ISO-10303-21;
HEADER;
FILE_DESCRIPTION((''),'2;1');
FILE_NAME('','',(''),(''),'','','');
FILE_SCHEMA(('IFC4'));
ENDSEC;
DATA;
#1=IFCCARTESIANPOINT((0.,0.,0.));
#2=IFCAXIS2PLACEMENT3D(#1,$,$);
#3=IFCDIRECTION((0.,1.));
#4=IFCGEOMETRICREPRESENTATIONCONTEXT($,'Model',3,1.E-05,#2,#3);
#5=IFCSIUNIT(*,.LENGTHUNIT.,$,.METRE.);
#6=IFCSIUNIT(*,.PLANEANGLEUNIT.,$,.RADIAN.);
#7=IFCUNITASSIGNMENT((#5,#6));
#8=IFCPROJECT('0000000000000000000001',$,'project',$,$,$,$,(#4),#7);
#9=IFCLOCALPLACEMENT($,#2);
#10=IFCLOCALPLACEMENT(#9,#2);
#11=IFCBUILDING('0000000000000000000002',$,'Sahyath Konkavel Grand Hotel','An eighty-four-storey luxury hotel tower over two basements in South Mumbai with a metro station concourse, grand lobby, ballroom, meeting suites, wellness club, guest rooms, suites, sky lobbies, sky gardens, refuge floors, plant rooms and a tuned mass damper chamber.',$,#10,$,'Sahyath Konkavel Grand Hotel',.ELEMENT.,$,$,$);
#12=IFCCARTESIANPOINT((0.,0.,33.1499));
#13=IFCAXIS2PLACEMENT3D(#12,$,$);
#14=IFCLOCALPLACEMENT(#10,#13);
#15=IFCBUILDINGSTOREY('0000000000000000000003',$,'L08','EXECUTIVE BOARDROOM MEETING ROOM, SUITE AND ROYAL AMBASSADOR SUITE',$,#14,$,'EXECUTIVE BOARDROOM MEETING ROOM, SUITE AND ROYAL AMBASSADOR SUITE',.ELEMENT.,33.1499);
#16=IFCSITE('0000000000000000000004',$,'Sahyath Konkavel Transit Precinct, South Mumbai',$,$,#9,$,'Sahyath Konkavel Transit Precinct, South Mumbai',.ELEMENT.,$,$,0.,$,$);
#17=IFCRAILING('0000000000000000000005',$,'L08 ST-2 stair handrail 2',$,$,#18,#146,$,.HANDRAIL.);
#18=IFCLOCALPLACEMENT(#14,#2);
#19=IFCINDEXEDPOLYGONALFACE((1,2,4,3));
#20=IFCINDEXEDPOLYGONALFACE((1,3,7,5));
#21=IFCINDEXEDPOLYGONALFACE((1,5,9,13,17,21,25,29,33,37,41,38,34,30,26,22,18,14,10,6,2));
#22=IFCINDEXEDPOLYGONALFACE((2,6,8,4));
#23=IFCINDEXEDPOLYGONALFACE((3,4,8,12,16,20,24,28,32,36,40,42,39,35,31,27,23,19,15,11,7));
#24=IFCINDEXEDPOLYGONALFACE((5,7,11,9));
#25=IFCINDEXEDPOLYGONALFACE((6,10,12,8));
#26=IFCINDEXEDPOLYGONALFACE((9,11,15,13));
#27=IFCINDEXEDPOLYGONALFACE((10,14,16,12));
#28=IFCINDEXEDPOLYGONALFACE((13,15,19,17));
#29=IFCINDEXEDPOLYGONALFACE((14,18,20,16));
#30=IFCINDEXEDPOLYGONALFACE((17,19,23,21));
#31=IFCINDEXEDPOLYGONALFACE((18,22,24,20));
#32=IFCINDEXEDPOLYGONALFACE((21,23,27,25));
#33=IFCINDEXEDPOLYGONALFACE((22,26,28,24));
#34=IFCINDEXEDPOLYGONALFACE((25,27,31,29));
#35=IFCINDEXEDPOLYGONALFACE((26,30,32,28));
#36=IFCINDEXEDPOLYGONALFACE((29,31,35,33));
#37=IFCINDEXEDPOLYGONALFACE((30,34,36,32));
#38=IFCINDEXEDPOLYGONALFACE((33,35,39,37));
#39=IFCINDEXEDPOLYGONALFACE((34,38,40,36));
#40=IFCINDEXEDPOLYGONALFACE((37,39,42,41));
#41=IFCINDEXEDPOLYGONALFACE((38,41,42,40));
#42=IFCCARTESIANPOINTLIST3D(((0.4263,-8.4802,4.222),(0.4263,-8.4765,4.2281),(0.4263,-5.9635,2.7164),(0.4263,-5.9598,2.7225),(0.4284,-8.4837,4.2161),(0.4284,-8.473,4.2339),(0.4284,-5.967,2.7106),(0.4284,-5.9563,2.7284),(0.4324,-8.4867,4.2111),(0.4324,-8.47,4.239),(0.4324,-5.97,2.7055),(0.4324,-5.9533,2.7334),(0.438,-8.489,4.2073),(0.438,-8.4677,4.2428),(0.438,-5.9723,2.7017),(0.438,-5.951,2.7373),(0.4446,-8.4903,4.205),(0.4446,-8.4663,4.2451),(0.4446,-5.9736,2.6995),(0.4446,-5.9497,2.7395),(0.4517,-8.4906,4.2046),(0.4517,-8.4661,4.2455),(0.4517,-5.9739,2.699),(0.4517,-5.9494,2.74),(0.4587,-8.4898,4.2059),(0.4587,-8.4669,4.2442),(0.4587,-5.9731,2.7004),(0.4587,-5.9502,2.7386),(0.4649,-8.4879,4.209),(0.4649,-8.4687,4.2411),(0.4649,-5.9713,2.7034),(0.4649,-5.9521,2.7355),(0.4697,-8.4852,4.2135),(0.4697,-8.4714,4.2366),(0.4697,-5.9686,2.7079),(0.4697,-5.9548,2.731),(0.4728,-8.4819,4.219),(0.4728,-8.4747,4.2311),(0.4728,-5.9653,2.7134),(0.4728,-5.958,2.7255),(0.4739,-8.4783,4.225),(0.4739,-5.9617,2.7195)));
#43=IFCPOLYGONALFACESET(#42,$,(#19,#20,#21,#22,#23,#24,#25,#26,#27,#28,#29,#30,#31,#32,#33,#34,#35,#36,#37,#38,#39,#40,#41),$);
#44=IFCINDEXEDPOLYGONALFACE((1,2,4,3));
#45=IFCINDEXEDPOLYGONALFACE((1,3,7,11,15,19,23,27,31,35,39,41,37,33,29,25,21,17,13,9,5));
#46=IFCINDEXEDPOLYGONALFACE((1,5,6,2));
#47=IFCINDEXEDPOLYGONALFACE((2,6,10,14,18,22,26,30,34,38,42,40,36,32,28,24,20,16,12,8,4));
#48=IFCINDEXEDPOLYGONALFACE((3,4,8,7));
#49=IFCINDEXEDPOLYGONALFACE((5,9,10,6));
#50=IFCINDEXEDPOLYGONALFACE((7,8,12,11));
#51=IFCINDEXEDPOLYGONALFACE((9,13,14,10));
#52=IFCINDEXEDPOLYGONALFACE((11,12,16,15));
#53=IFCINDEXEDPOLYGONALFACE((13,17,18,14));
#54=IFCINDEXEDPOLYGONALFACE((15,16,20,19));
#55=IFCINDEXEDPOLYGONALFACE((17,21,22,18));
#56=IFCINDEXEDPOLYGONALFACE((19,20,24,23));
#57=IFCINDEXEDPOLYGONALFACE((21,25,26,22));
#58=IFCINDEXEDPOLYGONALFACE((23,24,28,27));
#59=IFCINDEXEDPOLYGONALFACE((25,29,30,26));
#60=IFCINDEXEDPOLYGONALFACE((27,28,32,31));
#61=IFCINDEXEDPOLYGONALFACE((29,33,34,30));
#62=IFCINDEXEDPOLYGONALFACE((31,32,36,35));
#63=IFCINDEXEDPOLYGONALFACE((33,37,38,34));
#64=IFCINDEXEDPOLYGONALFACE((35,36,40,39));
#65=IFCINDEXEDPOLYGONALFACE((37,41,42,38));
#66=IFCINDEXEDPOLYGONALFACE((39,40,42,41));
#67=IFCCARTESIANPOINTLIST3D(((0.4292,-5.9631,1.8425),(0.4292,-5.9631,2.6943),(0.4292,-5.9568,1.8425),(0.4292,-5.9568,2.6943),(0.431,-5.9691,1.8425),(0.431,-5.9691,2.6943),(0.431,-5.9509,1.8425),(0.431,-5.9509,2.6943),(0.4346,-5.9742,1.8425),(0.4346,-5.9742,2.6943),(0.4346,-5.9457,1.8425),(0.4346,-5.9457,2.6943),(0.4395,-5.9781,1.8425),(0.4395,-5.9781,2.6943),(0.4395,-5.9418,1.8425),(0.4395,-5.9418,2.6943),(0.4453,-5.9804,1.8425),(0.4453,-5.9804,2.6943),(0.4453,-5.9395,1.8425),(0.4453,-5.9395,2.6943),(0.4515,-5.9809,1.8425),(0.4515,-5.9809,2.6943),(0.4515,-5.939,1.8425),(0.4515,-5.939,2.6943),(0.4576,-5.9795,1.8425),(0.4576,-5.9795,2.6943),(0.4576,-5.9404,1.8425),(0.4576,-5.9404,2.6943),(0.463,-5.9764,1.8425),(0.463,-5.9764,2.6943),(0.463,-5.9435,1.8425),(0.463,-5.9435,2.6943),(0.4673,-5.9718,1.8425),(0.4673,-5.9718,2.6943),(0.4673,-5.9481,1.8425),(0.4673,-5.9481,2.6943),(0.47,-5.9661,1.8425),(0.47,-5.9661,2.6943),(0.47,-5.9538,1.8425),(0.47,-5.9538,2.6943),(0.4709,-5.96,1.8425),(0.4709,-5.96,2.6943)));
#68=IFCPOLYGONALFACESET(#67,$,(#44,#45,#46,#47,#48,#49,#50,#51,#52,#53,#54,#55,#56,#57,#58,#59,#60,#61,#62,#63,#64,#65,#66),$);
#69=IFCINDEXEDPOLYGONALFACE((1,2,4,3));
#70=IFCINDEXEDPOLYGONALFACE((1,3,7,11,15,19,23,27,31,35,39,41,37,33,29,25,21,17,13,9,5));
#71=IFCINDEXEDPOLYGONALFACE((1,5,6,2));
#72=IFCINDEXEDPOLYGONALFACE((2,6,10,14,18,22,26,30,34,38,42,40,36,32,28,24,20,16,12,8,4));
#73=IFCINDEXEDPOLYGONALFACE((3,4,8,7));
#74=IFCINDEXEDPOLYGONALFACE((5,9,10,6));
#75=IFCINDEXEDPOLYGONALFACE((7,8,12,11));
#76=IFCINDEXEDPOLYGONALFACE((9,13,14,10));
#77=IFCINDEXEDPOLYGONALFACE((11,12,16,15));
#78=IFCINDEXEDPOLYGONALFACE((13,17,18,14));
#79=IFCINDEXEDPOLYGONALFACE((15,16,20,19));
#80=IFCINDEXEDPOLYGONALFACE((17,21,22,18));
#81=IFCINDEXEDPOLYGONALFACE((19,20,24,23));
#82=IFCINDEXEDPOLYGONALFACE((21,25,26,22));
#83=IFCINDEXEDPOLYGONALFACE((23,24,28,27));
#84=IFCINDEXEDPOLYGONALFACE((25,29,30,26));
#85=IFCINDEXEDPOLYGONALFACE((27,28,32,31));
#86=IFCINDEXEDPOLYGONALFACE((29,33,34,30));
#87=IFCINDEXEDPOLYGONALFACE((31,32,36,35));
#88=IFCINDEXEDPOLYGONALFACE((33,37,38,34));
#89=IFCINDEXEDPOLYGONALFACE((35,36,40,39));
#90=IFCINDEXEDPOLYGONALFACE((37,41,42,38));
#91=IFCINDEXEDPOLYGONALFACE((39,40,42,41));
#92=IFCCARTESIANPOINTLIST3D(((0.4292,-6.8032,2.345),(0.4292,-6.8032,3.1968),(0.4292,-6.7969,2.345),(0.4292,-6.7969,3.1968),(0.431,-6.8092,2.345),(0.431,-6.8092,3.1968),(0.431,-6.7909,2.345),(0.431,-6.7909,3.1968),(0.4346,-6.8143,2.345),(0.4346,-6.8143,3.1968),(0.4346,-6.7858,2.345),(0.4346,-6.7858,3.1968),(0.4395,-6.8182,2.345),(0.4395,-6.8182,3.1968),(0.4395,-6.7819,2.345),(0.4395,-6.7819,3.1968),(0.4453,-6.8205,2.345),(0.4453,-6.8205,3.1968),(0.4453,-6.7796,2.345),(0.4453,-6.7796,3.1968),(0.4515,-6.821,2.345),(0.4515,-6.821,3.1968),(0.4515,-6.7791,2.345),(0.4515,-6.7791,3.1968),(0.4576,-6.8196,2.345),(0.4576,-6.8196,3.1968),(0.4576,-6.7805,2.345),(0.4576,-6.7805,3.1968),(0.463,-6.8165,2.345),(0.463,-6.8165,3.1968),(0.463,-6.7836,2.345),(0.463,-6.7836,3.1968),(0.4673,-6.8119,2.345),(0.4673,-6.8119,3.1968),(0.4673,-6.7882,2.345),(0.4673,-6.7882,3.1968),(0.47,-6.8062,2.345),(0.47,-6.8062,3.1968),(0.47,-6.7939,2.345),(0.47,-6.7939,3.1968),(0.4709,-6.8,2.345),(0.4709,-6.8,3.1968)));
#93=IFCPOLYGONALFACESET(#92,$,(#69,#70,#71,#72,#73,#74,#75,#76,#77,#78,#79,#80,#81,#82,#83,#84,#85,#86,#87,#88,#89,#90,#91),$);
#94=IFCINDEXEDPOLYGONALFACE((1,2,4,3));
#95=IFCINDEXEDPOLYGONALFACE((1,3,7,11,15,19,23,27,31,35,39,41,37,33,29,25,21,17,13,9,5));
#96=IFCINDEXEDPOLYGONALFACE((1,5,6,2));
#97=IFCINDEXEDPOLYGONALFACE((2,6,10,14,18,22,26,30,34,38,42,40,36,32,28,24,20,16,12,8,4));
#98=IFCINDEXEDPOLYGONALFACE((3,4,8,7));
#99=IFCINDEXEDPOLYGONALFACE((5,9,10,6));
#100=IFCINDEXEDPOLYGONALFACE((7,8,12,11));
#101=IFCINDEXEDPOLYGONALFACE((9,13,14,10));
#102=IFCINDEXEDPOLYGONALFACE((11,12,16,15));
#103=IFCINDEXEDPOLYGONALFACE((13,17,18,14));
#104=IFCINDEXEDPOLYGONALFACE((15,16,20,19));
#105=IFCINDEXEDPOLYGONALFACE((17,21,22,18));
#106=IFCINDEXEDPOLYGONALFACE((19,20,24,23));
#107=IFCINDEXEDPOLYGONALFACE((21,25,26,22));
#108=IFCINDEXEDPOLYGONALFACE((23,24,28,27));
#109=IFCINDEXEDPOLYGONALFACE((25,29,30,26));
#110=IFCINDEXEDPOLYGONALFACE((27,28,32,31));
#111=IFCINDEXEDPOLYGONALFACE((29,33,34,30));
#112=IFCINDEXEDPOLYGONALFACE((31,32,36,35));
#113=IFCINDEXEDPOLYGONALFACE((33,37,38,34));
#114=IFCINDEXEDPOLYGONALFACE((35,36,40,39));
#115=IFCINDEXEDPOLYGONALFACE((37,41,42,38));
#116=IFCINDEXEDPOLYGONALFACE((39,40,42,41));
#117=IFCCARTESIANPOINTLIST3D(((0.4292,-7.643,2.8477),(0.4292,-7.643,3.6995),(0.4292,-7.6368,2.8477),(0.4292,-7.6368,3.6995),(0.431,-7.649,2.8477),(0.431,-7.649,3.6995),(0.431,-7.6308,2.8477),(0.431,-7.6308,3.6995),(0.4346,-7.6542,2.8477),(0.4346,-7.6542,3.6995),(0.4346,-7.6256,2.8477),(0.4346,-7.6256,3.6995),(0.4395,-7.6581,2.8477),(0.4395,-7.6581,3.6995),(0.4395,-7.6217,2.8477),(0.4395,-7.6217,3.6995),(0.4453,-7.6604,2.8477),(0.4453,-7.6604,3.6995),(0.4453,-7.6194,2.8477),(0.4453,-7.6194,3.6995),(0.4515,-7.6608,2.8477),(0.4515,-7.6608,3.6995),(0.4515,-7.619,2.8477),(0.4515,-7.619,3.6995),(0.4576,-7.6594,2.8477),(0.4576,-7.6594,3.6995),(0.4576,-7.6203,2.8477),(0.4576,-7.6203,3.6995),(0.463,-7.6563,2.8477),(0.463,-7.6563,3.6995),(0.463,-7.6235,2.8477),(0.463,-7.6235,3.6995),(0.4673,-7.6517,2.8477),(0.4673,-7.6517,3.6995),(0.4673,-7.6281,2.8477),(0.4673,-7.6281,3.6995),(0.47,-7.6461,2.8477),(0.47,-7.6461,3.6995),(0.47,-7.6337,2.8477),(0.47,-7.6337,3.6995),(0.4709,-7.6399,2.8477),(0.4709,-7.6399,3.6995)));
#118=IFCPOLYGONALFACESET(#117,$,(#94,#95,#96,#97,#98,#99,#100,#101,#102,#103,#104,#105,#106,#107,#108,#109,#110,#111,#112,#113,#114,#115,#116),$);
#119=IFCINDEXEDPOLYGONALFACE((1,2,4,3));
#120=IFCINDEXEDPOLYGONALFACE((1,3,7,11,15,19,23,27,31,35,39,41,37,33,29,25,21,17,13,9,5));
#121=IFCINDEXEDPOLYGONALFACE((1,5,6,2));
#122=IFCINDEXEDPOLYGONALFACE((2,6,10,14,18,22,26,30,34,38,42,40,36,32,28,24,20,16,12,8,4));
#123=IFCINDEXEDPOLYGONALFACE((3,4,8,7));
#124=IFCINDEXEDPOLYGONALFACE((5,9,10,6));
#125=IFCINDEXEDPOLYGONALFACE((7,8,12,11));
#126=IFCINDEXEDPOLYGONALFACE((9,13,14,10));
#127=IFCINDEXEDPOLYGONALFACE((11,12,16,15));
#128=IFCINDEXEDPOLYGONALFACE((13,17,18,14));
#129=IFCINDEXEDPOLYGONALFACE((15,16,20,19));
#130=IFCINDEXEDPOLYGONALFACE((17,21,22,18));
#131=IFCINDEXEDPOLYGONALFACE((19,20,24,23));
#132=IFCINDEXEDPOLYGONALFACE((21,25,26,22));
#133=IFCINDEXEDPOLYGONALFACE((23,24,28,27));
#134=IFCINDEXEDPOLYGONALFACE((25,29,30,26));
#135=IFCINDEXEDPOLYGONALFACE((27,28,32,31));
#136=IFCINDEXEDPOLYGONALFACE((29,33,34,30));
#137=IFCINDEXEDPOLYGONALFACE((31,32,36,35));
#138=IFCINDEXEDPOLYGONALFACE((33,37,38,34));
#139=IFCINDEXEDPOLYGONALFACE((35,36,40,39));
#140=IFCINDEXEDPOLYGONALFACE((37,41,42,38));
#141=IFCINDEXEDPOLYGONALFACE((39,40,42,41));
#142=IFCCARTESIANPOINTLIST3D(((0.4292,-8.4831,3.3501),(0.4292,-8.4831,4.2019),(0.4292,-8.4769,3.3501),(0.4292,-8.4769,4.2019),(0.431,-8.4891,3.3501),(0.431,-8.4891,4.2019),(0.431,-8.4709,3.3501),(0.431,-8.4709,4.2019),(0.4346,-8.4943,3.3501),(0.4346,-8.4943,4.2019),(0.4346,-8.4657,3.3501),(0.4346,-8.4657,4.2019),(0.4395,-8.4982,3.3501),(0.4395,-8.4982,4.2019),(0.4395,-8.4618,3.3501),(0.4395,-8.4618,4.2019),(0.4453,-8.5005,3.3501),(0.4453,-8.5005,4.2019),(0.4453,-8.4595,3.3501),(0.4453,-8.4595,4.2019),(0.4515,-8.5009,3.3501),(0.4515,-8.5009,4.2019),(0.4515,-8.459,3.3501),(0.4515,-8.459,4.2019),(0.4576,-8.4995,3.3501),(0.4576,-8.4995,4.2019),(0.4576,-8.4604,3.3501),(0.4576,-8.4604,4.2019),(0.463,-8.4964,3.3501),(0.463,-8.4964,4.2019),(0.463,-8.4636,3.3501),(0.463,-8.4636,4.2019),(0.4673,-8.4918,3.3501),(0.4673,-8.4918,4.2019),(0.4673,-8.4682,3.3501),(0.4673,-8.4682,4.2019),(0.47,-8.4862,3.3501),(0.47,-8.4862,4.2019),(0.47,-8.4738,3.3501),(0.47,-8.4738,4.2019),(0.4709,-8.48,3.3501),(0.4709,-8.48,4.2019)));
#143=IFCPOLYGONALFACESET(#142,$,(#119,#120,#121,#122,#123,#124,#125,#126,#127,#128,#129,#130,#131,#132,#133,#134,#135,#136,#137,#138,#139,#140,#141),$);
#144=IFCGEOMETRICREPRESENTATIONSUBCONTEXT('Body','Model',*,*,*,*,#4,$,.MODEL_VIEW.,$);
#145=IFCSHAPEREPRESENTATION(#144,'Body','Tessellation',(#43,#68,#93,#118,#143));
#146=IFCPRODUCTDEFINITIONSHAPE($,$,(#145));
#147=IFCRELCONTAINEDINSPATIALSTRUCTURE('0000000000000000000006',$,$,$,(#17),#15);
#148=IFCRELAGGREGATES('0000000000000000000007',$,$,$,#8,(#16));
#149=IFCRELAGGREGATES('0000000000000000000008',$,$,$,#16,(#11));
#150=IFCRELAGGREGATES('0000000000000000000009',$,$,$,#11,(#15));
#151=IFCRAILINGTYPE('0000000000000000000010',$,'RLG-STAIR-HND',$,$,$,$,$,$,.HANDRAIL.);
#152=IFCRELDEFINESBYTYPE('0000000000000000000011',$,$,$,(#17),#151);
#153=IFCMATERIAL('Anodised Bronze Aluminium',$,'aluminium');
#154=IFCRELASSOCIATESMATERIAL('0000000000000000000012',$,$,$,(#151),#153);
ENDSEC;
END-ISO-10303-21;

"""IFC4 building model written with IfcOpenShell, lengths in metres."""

from ifc_helpers import new_model, si_unit, direction, frame, origin, origin_2d, place, context, subcontext, project, spatial, circle, extrude, material, type_object, element, save


model = new_model("IFC4")

# Units and contexts
model_context = context("Model", 3, precision=1e-05, world=origin(), true_north=direction((0.0, 1.0)))
body_context = subcontext(model_context, "Body", "Model", "MODEL_VIEW")
ifc_project = project(units=[si_unit("LENGTHUNIT", "METRE"), si_unit("PLANEANGLEUNIT", "RADIAN")], contexts=[model_context])

# Site, building, storey
site_placement = place(None, origin())
site = spatial("IfcSite", under=ifc_project, at=site_placement, Name="Sahyath Konkavel Transit Precinct, South Mumbai", LongName="Sahyath Konkavel Transit Precinct, South Mumbai", CompositionType="ELEMENT", RefElevation=0.0)
building_placement = place(site_placement, origin())
building = spatial("IfcBuilding", under=site, at=building_placement, Name="Sahyath Konkavel Grand Hotel", Description="An eighty-four-storey luxury hotel tower over two basements in South Mumbai with a metro station concourse, grand lobby, ballroom, meeting suites, wellness club, guest rooms, suites, sky lobbies, sky gardens, refuge floors, plant rooms and a tuned mass damper chamber.", LongName="Sahyath Konkavel Grand Hotel", CompositionType="ELEMENT")
storey_placement = place(building_placement, frame((0.0, 0.0, 33.1499)))
storey = spatial("IfcBuildingStorey", under=building, at=storey_placement, Name="L08", Description="EXECUTIVE BOARDROOM MEETING ROOM, SUITE AND ROYAL AMBASSADOR SUITE", LongName="EXECUTIVE BOARDROOM MEETING ROOM, SUITE AND ROYAL AMBASSADOR SUITE", CompositionType="ELEMENT", Elevation=33.1499)

# Railing
ifc_material_1 = material(Name="Anodised Bronze Aluminium", Category="aluminium")
railing_type_1 = type_object("IfcRailingType", Name="RLG-STAIR-HND", PredefinedType="HANDRAIL", material=ifc_material_1)
railing_1_placement = place(storey_placement, frame((0.45, -5.96, 1.8425)))
element("IfcRailing", 1, at=railing_1_placement, inside=storey, type_object=railing_type_1, Name="L08 ST-2 stair handrail 2", PredefinedType="HANDRAIL", context=body_context, shape_type="SweptSolid", body=[
    extrude(circle(Radius=0.0239, at=origin_2d()), frame((0.0, -0.0017, 0.877), z_axis=(0.0, -0.85816, 0.513383), x_axis=(1.0, 0.0, 0.0)), (0.0, 0.0, 1.0), 2.9326),
    extrude(circle(Radius=0.021, at=origin_2d()), origin(), (0.0, 0.0, 1.0), 0.8518),
    extrude(circle(Radius=0.021, at=origin_2d()), frame((0.0, -0.8401, 0.5024)), (0.0, 0.0, 1.0), 0.8518),
    extrude(circle(Radius=0.021, at=origin_2d()), frame((0.0, -1.6799, 1.0051)), (0.0, 0.0, 1.0), 0.8518),
    extrude(circle(Radius=0.021, at=origin_2d()), frame((0.0, -2.52, 1.5076)), (0.0, 0.0, 1.0), 0.8518),
])

save(model, "model.ifc")
